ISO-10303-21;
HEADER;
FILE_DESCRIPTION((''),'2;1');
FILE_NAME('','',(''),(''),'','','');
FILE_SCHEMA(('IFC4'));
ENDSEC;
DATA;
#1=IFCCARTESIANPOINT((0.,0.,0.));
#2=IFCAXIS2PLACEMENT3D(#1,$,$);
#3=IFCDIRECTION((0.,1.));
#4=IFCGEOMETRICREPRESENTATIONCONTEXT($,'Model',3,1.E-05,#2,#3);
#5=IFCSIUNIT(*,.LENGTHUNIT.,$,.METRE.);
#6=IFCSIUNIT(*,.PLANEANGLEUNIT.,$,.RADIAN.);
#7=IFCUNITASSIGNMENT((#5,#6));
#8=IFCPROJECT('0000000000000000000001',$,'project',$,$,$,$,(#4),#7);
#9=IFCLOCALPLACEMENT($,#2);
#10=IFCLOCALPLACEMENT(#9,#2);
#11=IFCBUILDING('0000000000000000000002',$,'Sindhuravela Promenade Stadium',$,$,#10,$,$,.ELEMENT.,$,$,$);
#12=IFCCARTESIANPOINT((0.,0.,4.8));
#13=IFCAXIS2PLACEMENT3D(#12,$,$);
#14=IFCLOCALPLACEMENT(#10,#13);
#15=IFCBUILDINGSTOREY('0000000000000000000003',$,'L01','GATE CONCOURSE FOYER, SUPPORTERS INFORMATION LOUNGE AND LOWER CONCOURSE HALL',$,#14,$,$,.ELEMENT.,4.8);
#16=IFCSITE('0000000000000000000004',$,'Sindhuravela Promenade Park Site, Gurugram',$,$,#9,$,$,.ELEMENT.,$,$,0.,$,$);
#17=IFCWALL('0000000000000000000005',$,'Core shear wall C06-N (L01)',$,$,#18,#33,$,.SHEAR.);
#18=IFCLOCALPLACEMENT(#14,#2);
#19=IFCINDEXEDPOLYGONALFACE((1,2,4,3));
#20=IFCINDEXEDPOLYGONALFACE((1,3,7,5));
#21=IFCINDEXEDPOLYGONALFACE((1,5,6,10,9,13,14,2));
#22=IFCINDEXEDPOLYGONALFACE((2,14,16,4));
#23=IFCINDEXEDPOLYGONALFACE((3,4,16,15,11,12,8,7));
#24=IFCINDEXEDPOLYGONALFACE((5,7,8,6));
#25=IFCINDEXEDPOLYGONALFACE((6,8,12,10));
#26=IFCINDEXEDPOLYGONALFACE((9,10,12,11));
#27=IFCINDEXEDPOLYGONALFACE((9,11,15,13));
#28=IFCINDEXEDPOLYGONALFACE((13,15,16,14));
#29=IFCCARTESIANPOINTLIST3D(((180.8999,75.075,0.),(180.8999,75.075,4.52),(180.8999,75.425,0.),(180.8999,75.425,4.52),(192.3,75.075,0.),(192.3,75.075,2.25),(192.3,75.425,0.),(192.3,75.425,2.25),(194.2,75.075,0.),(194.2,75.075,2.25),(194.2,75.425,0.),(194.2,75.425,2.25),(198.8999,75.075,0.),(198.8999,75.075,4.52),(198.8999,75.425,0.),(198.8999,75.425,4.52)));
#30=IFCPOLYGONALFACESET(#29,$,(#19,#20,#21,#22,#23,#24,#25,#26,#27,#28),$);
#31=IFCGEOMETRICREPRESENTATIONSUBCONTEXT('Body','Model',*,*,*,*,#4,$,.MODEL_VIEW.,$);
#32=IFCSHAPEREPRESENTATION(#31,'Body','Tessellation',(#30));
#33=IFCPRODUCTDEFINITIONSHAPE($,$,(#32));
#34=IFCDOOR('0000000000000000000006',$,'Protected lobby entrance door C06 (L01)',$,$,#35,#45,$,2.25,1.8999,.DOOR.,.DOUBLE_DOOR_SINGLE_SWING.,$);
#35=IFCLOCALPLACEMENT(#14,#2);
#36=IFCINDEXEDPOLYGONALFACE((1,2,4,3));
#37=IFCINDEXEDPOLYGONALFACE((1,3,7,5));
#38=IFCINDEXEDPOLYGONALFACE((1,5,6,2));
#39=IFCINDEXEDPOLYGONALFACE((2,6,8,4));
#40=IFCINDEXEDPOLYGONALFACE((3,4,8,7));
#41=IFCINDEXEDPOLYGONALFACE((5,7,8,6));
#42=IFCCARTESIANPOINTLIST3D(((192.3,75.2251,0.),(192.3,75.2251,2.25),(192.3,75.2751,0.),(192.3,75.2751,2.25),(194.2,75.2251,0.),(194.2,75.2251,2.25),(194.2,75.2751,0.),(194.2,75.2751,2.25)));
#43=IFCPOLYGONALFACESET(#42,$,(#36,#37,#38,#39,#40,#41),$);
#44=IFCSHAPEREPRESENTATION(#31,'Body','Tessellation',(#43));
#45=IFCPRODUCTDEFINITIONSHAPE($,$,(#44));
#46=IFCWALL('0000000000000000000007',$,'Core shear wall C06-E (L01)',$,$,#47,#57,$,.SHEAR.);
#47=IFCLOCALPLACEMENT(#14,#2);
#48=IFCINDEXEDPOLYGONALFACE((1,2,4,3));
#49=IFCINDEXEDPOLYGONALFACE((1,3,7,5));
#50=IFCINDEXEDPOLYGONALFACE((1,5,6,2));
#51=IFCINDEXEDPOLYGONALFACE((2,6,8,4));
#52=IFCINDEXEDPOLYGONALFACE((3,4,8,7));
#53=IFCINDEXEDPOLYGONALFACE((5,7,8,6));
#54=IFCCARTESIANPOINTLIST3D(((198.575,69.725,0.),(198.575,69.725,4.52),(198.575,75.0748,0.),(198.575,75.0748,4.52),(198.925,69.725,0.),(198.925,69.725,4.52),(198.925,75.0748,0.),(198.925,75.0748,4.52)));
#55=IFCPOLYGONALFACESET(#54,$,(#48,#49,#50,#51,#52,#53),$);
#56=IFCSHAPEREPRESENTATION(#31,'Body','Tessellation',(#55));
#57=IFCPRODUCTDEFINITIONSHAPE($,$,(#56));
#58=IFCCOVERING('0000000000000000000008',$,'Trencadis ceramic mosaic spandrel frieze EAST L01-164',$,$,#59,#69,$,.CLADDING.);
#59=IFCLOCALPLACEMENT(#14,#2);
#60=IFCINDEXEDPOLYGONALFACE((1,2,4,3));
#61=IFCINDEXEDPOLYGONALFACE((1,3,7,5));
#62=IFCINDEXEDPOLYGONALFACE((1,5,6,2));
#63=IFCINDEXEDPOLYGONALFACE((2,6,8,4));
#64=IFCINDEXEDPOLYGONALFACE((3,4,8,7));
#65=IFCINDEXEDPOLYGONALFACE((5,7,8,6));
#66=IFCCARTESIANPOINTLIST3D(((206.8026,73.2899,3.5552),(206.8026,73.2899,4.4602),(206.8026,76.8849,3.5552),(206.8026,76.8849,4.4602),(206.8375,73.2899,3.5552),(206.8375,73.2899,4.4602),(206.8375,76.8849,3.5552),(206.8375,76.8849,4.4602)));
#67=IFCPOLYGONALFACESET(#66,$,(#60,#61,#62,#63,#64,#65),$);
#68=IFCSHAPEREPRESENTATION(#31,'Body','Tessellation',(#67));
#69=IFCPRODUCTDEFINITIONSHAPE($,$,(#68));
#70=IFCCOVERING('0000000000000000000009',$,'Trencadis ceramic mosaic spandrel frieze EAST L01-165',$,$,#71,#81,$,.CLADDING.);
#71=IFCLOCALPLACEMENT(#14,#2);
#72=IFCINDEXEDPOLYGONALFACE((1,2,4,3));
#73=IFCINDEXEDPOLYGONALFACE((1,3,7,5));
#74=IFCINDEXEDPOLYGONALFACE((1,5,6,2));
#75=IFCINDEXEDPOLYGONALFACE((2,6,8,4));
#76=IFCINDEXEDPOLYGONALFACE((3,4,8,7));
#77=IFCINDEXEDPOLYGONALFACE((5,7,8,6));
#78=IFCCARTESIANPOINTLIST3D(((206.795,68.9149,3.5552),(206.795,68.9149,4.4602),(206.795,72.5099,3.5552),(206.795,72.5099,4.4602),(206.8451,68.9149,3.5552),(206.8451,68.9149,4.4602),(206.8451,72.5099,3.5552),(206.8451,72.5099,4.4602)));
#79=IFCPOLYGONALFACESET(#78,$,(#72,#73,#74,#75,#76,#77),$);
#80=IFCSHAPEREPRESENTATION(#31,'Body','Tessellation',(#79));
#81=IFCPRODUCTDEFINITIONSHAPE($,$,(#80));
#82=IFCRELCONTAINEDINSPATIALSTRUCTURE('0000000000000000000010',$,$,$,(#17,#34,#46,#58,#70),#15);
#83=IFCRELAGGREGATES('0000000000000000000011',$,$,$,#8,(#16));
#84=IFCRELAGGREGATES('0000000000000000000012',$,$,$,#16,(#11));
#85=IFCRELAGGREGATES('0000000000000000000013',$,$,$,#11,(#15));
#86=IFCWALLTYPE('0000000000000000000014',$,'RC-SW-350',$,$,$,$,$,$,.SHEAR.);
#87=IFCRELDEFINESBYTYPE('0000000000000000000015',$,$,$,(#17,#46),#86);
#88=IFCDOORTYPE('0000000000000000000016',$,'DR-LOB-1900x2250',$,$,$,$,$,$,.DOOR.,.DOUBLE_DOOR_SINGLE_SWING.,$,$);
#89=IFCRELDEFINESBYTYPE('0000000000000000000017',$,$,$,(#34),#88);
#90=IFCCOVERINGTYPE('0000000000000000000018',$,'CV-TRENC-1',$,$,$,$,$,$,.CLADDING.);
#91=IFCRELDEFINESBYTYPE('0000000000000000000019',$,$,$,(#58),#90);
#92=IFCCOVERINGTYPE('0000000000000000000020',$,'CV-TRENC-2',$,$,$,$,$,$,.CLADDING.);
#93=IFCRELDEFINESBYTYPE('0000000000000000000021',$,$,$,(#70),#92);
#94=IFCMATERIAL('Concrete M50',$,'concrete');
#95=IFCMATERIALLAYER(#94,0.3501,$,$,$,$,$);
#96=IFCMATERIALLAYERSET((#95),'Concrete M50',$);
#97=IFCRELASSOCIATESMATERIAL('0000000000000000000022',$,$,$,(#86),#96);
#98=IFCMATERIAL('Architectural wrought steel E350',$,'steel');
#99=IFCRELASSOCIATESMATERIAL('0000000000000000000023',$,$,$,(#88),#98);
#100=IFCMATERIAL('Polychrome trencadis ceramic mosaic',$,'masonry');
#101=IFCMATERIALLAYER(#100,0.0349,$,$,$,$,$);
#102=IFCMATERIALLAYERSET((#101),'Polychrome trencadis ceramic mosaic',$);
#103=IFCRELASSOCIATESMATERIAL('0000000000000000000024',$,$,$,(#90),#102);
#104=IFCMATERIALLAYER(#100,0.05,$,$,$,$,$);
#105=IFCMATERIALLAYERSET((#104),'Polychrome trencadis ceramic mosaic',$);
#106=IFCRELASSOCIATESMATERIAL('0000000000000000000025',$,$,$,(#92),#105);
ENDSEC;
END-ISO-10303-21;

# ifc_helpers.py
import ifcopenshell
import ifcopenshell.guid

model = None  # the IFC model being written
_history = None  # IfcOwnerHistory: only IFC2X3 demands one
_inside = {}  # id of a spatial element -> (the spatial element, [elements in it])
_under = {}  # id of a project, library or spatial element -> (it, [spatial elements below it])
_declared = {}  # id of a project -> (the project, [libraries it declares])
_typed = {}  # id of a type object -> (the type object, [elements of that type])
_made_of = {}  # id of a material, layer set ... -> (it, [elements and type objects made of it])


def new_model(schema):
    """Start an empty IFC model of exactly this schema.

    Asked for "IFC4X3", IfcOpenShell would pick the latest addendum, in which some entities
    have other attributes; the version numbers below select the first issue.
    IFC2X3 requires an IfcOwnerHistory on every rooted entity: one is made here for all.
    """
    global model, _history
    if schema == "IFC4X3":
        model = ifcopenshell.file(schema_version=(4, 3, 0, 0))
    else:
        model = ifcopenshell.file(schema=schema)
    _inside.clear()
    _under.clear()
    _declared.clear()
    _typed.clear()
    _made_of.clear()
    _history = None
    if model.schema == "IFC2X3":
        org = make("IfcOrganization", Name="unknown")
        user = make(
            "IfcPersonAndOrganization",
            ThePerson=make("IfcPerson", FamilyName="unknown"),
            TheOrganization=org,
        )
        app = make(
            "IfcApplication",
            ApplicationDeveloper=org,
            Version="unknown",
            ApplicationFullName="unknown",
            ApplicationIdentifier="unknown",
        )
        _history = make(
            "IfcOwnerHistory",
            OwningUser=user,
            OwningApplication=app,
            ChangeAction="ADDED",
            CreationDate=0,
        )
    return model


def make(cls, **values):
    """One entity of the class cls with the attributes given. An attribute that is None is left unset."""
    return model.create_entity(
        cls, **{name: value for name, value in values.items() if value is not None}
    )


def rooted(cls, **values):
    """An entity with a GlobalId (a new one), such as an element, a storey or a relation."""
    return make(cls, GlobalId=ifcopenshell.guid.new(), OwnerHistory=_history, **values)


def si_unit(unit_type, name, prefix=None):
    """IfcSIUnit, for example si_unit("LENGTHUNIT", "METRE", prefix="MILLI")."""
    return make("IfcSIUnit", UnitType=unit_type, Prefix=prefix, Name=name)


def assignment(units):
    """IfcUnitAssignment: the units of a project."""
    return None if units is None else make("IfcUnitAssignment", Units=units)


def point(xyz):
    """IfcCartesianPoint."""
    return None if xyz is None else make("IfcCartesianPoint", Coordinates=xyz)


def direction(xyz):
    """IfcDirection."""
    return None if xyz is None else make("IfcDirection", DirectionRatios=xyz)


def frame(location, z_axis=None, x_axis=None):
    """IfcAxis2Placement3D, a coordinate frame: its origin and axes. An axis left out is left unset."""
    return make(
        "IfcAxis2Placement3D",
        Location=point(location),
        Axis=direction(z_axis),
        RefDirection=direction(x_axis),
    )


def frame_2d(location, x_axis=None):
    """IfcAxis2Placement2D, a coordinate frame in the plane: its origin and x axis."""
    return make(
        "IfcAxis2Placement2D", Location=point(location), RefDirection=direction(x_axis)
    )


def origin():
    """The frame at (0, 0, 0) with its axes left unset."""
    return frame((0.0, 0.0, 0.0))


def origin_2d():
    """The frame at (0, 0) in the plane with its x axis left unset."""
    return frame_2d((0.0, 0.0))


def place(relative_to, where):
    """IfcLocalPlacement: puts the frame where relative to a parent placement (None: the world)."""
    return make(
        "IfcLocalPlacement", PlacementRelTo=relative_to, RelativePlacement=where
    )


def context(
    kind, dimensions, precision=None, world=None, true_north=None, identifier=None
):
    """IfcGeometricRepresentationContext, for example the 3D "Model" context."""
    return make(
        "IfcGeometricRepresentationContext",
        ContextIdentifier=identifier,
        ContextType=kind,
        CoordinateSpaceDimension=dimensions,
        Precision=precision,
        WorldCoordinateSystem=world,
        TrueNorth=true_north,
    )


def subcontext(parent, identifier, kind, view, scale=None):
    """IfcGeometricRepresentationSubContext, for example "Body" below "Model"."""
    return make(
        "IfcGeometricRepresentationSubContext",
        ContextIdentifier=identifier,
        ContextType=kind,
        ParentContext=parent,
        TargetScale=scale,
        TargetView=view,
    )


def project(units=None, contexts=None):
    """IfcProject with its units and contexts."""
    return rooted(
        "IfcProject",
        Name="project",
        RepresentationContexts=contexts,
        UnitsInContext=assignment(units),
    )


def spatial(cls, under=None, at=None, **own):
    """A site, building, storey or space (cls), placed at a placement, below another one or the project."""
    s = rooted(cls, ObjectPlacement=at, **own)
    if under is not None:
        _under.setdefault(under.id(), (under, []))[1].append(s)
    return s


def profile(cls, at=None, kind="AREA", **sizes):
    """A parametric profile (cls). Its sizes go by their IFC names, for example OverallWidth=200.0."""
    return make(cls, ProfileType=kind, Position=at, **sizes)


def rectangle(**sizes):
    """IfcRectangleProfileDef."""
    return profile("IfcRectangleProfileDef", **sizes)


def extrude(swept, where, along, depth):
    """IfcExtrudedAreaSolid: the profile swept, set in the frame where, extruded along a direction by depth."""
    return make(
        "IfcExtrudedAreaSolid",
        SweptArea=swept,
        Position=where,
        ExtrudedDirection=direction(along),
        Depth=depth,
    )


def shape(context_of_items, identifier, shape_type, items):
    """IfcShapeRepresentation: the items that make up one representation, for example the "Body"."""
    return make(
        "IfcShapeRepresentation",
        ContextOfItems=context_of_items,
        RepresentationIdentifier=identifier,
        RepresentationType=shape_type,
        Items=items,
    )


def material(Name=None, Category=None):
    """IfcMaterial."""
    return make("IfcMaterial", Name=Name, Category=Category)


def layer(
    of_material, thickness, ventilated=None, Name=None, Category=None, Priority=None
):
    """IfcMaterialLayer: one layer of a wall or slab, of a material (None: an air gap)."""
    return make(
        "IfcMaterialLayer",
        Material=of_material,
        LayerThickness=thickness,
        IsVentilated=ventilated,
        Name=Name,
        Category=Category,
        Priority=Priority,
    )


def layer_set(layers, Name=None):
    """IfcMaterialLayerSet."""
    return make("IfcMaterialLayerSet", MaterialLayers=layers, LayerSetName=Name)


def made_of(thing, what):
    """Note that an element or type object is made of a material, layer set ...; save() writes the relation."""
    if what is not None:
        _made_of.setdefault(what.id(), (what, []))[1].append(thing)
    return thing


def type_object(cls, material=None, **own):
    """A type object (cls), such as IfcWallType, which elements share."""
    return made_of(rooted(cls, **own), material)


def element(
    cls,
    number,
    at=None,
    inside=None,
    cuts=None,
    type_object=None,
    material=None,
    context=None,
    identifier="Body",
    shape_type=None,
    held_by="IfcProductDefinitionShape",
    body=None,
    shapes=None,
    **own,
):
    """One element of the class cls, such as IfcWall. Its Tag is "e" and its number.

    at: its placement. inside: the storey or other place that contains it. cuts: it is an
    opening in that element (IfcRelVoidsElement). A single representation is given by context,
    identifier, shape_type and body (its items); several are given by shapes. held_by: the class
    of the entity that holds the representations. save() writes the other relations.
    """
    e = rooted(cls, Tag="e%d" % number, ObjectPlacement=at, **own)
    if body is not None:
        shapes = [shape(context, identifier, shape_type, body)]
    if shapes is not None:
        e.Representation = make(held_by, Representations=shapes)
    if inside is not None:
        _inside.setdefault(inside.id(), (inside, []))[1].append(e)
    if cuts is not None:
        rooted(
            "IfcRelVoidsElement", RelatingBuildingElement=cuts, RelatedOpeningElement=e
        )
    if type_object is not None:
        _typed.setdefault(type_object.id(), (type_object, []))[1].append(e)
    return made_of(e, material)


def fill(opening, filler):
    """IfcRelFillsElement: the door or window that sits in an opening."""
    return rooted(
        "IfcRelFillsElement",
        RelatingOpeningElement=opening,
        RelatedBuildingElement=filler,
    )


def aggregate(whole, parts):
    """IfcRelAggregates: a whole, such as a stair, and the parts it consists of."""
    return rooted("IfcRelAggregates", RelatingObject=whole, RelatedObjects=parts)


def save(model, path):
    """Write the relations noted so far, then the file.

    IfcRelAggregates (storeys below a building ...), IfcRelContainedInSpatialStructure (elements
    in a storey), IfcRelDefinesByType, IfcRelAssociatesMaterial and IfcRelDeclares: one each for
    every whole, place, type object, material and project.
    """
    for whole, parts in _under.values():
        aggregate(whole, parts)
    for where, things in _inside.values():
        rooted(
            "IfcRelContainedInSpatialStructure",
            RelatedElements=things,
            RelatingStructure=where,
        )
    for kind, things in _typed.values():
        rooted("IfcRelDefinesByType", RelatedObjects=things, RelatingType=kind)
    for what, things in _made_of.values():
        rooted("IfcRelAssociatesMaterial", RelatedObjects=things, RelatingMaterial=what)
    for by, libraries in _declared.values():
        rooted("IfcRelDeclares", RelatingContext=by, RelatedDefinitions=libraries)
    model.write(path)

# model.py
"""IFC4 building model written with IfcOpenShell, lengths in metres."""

from ifc_helpers import new_model, si_unit, direction, frame, frame_2d, origin, origin_2d, place, context, subcontext, project, spatial, rectangle, extrude, material, layer, layer_set, type_object, element, fill, save


model = new_model("IFC4")

# Units and contexts
model_context = context("Model", 3, precision=1e-05, world=origin(), true_north=direction((0.0, 1.0)))
body_context = subcontext(model_context, "Body", "Model", "MODEL_VIEW")
ifc_project = project(units=[si_unit("LENGTHUNIT", "METRE"), si_unit("PLANEANGLEUNIT", "RADIAN")], contexts=[model_context])

# Site, building, storey
site_placement = place(None, origin())
site = spatial("IfcSite", under=ifc_project, at=site_placement, Name="Sindhuravela Promenade Park Site, Gurugram", CompositionType="ELEMENT", RefElevation=0.0)
building_placement = place(site_placement, origin())
building = spatial("IfcBuilding", under=site, at=building_placement, Name="Sindhuravela Promenade Stadium", CompositionType="ELEMENT")
storey_placement = place(building_placement, frame((0.0, 0.0, 4.8)))
storey = spatial("IfcBuildingStorey", under=building, at=storey_placement, Name="L01", Description="GATE CONCOURSE FOYER, SUPPORTERS INFORMATION LOUNGE AND LOWER CONCOURSE HALL", CompositionType="ELEMENT", Elevation=4.8)

# Shared definitions
ifc_material_1 = material(Name="Concrete M50", Category="concrete")

# Wall, opening, door
ifc_layer_1 = layer(ifc_material_1, 0.3501)
ifc_layer_set_1 = layer_set([ifc_layer_1], Name="Concrete M50")
wall_type_1 = type_object("IfcWallType", Name="RC-SW-350", PredefinedType="SHEAR", material=ifc_layer_set_1)
wall_1_placement = place(storey_placement, frame((198.8999, 75.25, 0.0), z_axis=(0.0, 0.0, 1.0), x_axis=(-1.0, 0.0, 0.0)))
wall_1 = element("IfcWall", 1, at=wall_1_placement, inside=storey, type_object=wall_type_1, Name="Core shear wall C06-N (L01)", PredefinedType="SHEAR", context=body_context, shape_type="SweptSolid", body=[
    extrude(rectangle(XDim=18.0, YDim=0.3501, at=frame_2d((9.0, 0.0))), origin(), (0.0, 0.0, 1.0), 4.52),
])
opening_placement = place(wall_1_placement, frame((4.7, 0.0, 0.0)))
opening = element("IfcOpeningElement", 2, at=opening_placement, cuts=wall_1, PredefinedType="OPENING", context=body_context, shape_type="SweptSolid", body=[
    extrude(rectangle(XDim=1.8999, YDim=2.25, at=frame_2d((0.95, 1.125))), frame((0.0, 0.1851, 0.0), z_axis=(0.0, -1.0, 0.0), x_axis=(1.0, 0.0, 0.0)), (0.0, 0.0, 1.0), 0.3701),
])
ifc_material_2 = material(Name="Architectural wrought steel E350", Category="steel")
door_type = type_object("IfcDoorType", Name="DR-LOB-1900x2250", OperationType="DOUBLE_DOOR_SINGLE_SWING", PredefinedType="DOOR", material=ifc_material_2)
door_placement = place(opening_placement, origin())
door = element("IfcDoor", 3, at=door_placement, inside=storey, type_object=door_type, Name="Protected lobby entrance door C06 (L01)", OperationType="DOUBLE_DOOR_SINGLE_SWING", OverallHeight=2.25, OverallWidth=1.8999, PredefinedType="DOOR", context=body_context, shape_type="SweptSolid", body=[
    extrude(rectangle(XDim=1.8999, YDim=2.25, at=frame_2d((0.95, 1.125))), frame((0.0, 0.0249, 0.0), z_axis=(0.0, -1.0, 0.0), x_axis=(1.0, 0.0, 0.0)), (0.0, 0.0, 1.0), 0.05),
])
fill(opening, door)

# Wall
wall_2_placement = place(storey_placement, frame((198.75, 69.7251, 0.0), z_axis=(0.0, 0.0, 1.0), x_axis=(0.0, 1.0, 0.0)))
element("IfcWall", 4, at=wall_2_placement, inside=storey, type_object=wall_type_1, Name="Core shear wall C06-E (L01)", PredefinedType="SHEAR", context=body_context, shape_type="SweptSolid", body=[
    extrude(rectangle(XDim=5.3499, YDim=0.3501, at=frame_2d((2.6748, 0.0))), origin(), (0.0, 0.0, 1.0), 4.52),
])

# Coverings
ifc_material_3 = material(Name="Polychrome trencadis ceramic mosaic", Category="masonry")
ifc_layer_2 = layer(ifc_material_3, 0.0349)
ifc_layer_set_2 = layer_set([ifc_layer_2], Name="Polychrome trencadis ceramic mosaic")
covering_type_1 = type_object("IfcCoveringType", Name="CV-TRENC-1", PredefinedType="CLADDING", material=ifc_layer_set_2)
covering_1_placement = place(storey_placement, frame((206.8201, 75.0874, 3.5552), z_axis=(0.0, 0.0, 1.0), x_axis=(0.0, -1.0, 0.0)))
element("IfcCovering", 5, at=covering_1_placement, inside=storey, type_object=covering_type_1, Name="Trencadis ceramic mosaic spandrel frieze EAST L01-164", PredefinedType="CLADDING", context=body_context, shape_type="SweptSolid", body=[
    extrude(rectangle(XDim=3.595, YDim=0.0349, at=origin_2d()), origin(), (0.0, 0.0, 1.0), 0.905),
])
ifc_layer_3 = layer(ifc_material_3, 0.05)
ifc_layer_set_3 = layer_set([ifc_layer_3], Name="Polychrome trencadis ceramic mosaic")
covering_type_2 = type_object("IfcCoveringType", Name="CV-TRENC-2", PredefinedType="CLADDING", material=ifc_layer_set_3)
covering_2_placement = place(storey_placement, frame((206.8201, 70.7124, 3.5552), z_axis=(0.0, 0.0, 1.0), x_axis=(0.0, -1.0, 0.0)))
element("IfcCovering", 6, at=covering_2_placement, inside=storey, type_object=covering_type_2, Name="Trencadis ceramic mosaic spandrel frieze EAST L01-165", PredefinedType="CLADDING", context=body_context, shape_type="SweptSolid", body=[
    extrude(rectangle(XDim=3.595, YDim=0.05, at=origin_2d()), origin(), (0.0, 0.0, 1.0), 0.905),
])

save(model, "model.ifc")
